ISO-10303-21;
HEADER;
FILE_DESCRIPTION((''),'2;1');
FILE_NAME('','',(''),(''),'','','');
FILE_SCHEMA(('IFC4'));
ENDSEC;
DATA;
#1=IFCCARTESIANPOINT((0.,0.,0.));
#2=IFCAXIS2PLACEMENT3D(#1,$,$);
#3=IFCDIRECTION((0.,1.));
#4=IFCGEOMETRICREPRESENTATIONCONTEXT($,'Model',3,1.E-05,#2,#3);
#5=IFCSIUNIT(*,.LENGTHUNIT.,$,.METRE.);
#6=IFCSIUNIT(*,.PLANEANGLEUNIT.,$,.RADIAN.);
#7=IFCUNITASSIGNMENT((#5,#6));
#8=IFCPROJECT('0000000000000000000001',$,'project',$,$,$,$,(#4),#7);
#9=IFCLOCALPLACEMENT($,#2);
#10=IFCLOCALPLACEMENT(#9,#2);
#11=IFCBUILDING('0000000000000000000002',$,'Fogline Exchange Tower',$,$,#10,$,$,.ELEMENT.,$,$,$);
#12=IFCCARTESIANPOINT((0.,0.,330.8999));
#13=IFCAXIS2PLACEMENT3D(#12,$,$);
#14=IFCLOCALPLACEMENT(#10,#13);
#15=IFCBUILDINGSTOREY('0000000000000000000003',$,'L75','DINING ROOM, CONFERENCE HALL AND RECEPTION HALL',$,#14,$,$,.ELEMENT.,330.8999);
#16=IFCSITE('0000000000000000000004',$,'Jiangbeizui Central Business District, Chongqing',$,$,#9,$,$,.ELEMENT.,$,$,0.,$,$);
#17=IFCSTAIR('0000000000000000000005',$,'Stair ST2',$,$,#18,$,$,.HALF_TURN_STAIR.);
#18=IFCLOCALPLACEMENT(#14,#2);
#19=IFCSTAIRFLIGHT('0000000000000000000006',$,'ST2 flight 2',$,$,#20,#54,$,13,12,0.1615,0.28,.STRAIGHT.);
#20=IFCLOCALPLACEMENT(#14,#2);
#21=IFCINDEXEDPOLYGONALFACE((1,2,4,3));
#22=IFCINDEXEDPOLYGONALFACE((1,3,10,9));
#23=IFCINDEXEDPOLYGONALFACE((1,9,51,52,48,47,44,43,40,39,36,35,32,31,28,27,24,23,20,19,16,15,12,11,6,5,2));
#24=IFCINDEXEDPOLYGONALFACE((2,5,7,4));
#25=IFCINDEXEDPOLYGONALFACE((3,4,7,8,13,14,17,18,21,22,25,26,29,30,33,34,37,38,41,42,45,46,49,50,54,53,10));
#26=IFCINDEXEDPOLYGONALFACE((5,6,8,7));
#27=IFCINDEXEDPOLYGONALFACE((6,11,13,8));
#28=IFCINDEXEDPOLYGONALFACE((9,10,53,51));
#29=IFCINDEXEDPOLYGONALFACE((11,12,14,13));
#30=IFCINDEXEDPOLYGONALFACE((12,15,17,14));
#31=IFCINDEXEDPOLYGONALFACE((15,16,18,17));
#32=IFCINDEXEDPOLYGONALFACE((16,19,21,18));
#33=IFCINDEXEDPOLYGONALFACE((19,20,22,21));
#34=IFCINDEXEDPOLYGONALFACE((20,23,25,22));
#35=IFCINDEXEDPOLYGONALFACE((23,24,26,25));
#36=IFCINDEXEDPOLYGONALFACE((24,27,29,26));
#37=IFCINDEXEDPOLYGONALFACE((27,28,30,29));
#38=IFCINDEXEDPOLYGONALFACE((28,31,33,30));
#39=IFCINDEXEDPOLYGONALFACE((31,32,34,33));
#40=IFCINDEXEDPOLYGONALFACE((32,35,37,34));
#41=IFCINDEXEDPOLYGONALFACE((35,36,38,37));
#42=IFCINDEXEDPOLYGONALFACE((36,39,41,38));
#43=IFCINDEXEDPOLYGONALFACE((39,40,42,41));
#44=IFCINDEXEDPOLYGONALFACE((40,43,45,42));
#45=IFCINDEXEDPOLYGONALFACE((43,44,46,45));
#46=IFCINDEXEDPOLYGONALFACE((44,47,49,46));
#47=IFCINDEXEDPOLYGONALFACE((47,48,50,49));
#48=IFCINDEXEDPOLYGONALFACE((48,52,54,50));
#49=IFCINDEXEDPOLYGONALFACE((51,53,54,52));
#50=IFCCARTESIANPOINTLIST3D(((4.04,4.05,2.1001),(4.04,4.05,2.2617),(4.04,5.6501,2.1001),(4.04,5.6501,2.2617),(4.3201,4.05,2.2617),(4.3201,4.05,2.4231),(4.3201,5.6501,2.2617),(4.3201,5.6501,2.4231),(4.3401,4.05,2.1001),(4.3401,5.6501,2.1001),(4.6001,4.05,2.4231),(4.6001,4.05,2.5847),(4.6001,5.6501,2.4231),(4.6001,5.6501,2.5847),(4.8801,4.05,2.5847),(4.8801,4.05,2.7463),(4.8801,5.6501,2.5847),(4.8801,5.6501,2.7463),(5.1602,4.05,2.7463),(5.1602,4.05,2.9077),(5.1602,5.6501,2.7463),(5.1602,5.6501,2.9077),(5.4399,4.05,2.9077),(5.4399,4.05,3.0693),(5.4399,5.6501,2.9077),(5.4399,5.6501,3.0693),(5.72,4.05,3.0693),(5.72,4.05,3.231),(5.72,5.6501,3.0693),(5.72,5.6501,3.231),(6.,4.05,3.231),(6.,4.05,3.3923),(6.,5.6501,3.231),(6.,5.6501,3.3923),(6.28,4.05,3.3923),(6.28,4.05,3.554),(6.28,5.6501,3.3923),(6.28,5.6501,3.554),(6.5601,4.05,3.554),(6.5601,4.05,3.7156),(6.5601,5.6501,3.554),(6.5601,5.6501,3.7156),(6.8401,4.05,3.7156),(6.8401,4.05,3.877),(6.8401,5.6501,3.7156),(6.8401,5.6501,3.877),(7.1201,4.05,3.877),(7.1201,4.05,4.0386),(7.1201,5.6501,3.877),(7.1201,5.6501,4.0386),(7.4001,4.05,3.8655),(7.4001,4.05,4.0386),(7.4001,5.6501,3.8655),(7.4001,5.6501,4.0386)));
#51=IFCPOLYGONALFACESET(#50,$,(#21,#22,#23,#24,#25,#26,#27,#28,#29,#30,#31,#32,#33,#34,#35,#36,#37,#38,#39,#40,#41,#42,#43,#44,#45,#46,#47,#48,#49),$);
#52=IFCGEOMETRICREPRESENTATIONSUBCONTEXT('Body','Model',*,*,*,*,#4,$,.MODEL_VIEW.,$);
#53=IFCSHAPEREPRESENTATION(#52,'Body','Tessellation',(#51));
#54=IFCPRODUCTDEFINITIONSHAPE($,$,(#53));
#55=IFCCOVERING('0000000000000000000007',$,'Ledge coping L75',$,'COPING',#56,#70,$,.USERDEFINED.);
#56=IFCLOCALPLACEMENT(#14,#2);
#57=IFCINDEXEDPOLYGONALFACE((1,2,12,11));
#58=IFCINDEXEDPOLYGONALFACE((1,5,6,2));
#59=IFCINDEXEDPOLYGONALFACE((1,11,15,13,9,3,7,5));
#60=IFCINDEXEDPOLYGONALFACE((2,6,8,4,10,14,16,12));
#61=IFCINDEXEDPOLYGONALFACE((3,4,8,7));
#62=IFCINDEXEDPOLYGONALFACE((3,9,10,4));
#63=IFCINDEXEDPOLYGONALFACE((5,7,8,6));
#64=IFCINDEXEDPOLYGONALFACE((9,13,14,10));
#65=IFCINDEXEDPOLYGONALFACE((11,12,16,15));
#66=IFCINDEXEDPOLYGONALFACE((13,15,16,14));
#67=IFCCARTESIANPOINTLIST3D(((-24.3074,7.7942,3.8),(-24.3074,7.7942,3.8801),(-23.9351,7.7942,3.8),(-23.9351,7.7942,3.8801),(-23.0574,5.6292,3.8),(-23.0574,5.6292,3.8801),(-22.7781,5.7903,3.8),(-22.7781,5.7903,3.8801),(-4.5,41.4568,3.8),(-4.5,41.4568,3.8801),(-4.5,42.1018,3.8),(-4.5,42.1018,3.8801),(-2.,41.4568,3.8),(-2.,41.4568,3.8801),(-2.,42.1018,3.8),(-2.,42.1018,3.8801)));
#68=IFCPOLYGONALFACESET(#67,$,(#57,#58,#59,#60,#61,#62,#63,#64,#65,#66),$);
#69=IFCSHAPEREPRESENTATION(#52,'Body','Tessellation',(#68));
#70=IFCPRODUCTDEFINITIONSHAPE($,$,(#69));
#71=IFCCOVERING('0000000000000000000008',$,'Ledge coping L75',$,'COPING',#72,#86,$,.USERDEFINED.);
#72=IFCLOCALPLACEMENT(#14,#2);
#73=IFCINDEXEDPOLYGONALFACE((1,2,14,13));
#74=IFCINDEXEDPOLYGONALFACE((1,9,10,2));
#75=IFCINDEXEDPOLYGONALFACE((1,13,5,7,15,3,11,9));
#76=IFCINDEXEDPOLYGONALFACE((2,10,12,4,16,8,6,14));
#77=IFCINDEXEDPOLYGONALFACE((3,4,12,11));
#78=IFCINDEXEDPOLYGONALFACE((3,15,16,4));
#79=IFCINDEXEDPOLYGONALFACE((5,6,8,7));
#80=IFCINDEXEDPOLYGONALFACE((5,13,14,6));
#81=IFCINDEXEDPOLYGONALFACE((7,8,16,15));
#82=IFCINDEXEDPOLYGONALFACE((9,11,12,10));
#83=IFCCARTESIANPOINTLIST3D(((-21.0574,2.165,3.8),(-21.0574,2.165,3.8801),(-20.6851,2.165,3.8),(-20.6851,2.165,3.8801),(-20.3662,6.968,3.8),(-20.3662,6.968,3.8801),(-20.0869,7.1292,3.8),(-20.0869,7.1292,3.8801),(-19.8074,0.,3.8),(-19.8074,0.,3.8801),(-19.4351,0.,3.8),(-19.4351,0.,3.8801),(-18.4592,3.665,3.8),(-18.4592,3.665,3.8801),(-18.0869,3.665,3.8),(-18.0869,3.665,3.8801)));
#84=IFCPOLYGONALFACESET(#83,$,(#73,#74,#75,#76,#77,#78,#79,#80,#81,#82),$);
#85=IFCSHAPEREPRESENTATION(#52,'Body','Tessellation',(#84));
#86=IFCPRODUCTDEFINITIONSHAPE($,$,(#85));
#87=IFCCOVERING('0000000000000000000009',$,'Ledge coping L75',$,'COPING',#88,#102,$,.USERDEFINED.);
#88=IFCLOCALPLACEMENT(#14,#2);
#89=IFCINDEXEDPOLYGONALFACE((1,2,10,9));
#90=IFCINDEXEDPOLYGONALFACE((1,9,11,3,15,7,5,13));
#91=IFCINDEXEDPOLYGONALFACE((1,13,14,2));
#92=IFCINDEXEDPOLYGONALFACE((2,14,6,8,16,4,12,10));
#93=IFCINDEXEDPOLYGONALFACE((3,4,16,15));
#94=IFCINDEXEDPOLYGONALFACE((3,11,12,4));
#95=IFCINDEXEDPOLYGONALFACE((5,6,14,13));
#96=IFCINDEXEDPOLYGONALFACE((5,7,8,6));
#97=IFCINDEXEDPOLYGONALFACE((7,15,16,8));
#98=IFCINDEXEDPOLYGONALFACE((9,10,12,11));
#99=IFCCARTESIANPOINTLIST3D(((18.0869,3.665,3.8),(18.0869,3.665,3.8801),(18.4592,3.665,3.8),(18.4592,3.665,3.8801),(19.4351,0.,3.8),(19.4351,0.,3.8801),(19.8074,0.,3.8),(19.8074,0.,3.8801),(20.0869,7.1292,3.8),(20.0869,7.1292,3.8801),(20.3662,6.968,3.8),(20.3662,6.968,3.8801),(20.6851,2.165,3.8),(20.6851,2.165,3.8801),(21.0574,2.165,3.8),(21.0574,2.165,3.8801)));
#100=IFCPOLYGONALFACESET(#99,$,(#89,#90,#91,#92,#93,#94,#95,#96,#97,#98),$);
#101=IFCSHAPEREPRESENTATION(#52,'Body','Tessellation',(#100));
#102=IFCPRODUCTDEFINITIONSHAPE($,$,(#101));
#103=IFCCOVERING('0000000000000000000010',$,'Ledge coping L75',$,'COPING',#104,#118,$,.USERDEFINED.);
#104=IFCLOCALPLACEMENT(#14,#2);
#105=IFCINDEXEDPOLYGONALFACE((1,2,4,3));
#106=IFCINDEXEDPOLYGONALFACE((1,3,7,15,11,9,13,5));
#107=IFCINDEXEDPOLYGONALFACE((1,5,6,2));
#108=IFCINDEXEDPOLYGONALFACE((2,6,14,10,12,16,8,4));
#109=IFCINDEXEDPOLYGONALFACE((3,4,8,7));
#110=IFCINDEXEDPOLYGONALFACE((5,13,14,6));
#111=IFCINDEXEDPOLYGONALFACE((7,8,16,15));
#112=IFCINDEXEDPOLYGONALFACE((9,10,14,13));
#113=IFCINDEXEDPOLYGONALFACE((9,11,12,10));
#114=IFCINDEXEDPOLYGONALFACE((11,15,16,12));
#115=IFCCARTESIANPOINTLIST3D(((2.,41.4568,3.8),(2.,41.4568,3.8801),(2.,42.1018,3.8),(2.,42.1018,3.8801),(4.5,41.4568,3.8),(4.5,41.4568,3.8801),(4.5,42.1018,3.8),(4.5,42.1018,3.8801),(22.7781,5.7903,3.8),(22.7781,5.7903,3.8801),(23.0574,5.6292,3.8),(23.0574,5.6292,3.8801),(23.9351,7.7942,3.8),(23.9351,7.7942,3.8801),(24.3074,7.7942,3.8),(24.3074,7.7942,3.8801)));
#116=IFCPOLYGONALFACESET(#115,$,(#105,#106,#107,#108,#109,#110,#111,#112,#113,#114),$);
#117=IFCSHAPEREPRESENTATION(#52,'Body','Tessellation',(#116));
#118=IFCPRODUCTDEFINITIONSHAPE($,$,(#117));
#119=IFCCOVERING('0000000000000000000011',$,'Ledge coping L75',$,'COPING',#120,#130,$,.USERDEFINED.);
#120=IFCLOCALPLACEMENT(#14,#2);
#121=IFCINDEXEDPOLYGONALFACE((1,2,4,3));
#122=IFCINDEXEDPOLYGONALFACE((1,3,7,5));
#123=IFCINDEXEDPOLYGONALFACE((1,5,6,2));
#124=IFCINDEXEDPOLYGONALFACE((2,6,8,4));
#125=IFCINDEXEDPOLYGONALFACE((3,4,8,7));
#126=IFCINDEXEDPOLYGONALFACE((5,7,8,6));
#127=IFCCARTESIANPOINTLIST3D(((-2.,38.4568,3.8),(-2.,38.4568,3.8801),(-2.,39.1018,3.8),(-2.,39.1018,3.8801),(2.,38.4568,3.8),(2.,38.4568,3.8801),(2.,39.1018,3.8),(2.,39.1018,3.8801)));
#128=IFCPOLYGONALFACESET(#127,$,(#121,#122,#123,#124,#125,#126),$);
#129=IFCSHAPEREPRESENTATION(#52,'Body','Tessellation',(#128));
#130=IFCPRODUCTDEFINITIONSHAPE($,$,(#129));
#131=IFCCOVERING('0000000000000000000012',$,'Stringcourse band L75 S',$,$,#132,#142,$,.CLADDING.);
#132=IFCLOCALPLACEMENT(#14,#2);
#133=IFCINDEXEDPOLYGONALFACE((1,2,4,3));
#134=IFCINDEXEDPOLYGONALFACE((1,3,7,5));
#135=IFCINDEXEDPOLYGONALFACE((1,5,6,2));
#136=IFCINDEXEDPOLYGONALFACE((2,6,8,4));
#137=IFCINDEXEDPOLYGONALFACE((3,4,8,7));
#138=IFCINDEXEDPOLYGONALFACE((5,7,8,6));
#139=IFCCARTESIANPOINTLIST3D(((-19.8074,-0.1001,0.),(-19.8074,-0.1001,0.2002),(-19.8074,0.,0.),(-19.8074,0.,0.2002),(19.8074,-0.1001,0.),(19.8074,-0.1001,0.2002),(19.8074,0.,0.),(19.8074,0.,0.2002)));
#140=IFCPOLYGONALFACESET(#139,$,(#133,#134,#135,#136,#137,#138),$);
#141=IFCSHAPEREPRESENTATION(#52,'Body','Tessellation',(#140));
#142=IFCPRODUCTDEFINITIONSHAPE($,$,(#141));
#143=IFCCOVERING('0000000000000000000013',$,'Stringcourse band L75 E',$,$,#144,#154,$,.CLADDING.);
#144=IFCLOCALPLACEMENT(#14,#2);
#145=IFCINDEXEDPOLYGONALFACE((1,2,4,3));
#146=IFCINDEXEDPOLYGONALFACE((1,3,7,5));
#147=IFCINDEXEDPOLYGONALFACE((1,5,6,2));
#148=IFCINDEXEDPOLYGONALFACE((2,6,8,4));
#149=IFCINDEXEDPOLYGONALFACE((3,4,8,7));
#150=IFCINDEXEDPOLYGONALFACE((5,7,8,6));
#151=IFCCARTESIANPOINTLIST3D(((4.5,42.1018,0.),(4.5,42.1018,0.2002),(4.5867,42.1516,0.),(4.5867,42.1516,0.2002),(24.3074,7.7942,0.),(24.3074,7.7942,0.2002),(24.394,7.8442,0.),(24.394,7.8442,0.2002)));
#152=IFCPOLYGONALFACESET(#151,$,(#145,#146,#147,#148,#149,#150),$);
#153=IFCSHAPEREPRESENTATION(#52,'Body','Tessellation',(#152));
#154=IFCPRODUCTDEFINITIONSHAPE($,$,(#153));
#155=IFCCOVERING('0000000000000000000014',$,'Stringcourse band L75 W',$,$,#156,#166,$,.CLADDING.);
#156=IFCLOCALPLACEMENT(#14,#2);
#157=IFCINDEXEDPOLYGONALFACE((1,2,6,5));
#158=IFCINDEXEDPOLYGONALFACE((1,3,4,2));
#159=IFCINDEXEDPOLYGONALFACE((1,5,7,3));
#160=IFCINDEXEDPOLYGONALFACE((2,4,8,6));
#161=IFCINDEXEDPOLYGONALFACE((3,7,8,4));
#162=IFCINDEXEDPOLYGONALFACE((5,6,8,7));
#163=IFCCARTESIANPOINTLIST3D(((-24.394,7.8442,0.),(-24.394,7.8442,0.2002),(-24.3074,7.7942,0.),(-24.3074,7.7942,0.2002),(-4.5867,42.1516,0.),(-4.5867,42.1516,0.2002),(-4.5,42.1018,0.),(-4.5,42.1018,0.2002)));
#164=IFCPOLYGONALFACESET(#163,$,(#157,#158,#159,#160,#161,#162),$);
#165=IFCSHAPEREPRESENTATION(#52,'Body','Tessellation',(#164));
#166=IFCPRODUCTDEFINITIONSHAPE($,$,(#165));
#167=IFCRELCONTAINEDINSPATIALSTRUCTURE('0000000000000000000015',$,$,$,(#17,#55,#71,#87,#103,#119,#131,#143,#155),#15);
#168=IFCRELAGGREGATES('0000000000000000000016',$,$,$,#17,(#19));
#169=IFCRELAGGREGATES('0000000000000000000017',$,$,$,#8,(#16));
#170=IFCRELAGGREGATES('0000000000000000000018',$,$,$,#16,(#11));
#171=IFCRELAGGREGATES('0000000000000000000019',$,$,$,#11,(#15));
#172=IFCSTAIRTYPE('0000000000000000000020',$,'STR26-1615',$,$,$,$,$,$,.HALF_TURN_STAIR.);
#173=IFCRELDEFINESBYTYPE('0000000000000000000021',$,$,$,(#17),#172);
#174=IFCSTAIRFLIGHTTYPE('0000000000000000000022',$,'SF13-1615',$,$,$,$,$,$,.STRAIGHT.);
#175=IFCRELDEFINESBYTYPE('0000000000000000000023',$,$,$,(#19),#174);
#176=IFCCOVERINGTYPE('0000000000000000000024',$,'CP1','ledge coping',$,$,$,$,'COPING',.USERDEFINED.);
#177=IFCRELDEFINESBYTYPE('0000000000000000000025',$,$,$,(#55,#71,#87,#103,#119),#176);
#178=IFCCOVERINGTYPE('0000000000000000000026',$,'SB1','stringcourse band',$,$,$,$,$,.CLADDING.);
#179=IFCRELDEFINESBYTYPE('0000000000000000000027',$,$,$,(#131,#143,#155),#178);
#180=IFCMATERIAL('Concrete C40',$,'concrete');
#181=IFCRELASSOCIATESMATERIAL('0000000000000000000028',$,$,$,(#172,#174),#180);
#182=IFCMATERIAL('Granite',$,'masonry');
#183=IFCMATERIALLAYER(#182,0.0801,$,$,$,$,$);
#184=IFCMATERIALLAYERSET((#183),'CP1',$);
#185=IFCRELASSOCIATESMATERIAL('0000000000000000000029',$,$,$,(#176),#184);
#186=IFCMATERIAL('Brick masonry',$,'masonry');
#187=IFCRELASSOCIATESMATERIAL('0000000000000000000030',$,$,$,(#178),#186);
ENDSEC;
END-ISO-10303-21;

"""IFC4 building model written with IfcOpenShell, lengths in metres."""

from ifc_helpers import new_model, si_unit, direction, frame, origin, place, context, subcontext, project, spatial, polyline, outline, extrude, material, layer, layer_set, type_object, element, aggregate, save


model = new_model("IFC4")

# Units and contexts
model_context = context("Model", 3, precision=1e-05, world=origin(), true_north=direction((0.0, 1.0)))
body_context = subcontext(model_context, "Body", "Model", "MODEL_VIEW")
ifc_project = project(units=[si_unit("LENGTHUNIT", "METRE"), si_unit("PLANEANGLEUNIT", "RADIAN")], contexts=[model_context])

# Site, building, storey
site_placement = place(None, origin())
site = spatial("IfcSite", under=ifc_project, at=site_placement, Name="Jiangbeizui Central Business District, Chongqing", CompositionType="ELEMENT", RefElevation=0.0)
building_placement = place(site_placement, origin())
building = spatial("IfcBuilding", under=site, at=building_placement, Name="Fogline Exchange Tower", CompositionType="ELEMENT")
storey_placement = place(building_placement, frame((0.0, 0.0, 330.8999)))
storey = spatial("IfcBuildingStorey", under=building, at=storey_placement, Name="L75", Description="DINING ROOM, CONFERENCE HALL AND RECEPTION HALL", CompositionType="ELEMENT", Elevation=330.8999)

# Shared definitions
ifc_material_1 = material(Name="Concrete C40", Category="concrete")

# Stair
stair_type = type_object("IfcStairType", Name="STR26-1615", PredefinedType="HALF_TURN_STAIR", material=ifc_material_1)
stair_1_placement = place(storey_placement, origin())
stair_1 = element("IfcStair", 1, at=stair_1_placement, inside=storey, type_object=stair_type, Name="Stair ST2", PredefinedType="HALF_TURN_STAIR")

# Stair flight
stair_flight_type = type_object("IfcStairFlightType", Name="SF13-1615", PredefinedType="STRAIGHT", material=ifc_material_1)
stair_flight_placement = place(storey_placement, frame((4.04, 4.8501, 2.1001), z_axis=(0.0, 0.0, 1.0), x_axis=(1.0, 0.0, 0.0)))
stair_flight = element("IfcStairFlight", 2, at=stair_flight_placement, type_object=stair_flight_type, Name="ST2 flight 2", NumberOfRisers=13, NumberOfTreads=12, PredefinedType="STRAIGHT", RiserHeight=0.1615, TreadLength=0.28, context=body_context, shape_type="SweptSolid", body=[
    extrude(outline(polyline([(0.0, 0.0), (0.0, 0.1616), (0.28, 0.1616), (0.28, 0.323), (0.5601, 0.323), (0.5601, 0.4846), (0.8401, 0.4846), (0.8401, 0.6462), (1.1201, 0.6462), (1.1201, 0.8076), (1.3999, 0.8076), (1.3999, 0.9692), (1.6799, 0.9692), (1.6799, 1.1309), (1.96, 1.1309), (1.96, 1.2922), (2.24, 1.2922), (2.24, 1.4539), (2.52, 1.4539), (2.52, 1.6155), (2.8, 1.6155), (2.8, 1.7769), (3.0801, 1.7769), (3.0801, 1.9385), (3.3601, 1.9385), (3.3601, 2.1001), (3.3601, 1.7654), (0.3, 0.0), (0.0, 0.0)])), frame((0.0, 0.8, 0.0), z_axis=(0.0, -1.0, 0.0), x_axis=(1.0, 0.0, 0.0)), (0.0, 0.0, 1.0), 1.6001),
])
aggregate(stair_1, [stair_flight])

# Coverings
ifc_material_2 = material(Name="Granite", Category="masonry")
ifc_layer_1 = layer(ifc_material_2, 0.0801)
ifc_layer_set_1 = layer_set([ifc_layer_1], Name="CP1")
covering_type_1 = type_object("IfcCoveringType", Name="CP1", Description="ledge coping", ElementType="COPING", PredefinedType="USERDEFINED", material=ifc_layer_set_1)
covering_1_placement = place(storey_placement, frame((0.0, 0.0, 3.8)))
element("IfcCovering", 3, at=covering_1_placement, inside=storey, type_object=covering_type_1, Name="Ledge coping L75", ObjectType="COPING", PredefinedType="USERDEFINED", context=body_context, shape_type="SweptSolid", body=[
    extrude(outline(polyline([(-23.0574, 5.6292), (-22.7781, 5.7903), (-23.9351, 7.7942), (-4.5, 41.4568), (-2.0, 41.4568), (-2.0, 42.1018), (-4.5, 42.1018), (-24.3074, 7.7942), (-23.0574, 5.6292)])), origin(), (0.0, 0.0, 1.0), 0.0801),
])
covering_2_placement = place(storey_placement, frame((0.0, 0.0, 3.8)))
element("IfcCovering", 4, at=covering_2_placement, inside=storey, type_object=covering_type_1, Name="Ledge coping L75", ObjectType="COPING", PredefinedType="USERDEFINED", context=body_context, shape_type="SweptSolid", body=[
    extrude(outline(polyline([(-19.8074, 0.0), (-19.4351, 0.0), (-20.6851, 2.165), (-18.0869, 3.665), (-20.0869, 7.1292), (-20.3662, 6.968), (-18.4592, 3.665), (-21.0574, 2.165), (-19.8074, 0.0)])), origin(), (0.0, 0.0, 1.0), 0.0801),
])
covering_3_placement = place(storey_placement, frame((0.0, 0.0, 3.8)))
element("IfcCovering", 5, at=covering_3_placement, inside=storey, type_object=covering_type_1, Name="Ledge coping L75", ObjectType="COPING", PredefinedType="USERDEFINED", context=body_context, shape_type="SweptSolid", body=[
    extrude(outline(polyline([(18.4592, 3.665), (20.3662, 6.968), (20.0869, 7.1292), (18.0869, 3.665), (20.6851, 2.165), (19.4351, 0.0), (19.8074, 0.0), (21.0574, 2.165), (18.4592, 3.665)])), origin(), (0.0, 0.0, 1.0), 0.0801),
])
covering_4_placement = place(storey_placement, frame((0.0, 0.0, 3.8)))
element("IfcCovering", 6, at=covering_4_placement, inside=storey, type_object=covering_type_1, Name="Ledge coping L75", ObjectType="COPING", PredefinedType="USERDEFINED", context=body_context, shape_type="SweptSolid", body=[
    extrude(outline(polyline([(2.0, 42.1018), (2.0, 41.4568), (4.5, 41.4568), (23.9351, 7.7942), (22.7781, 5.7903), (23.0574, 5.6292), (24.3074, 7.7942), (4.5, 42.1018), (2.0, 42.1018)])), origin(), (0.0, 0.0, 1.0), 0.0801),
])
covering_5_placement = place(storey_placement, frame((0.0, 0.0, 3.8)))
element("IfcCovering", 7, at=covering_5_placement, inside=storey, type_object=covering_type_1, Name="Ledge coping L75", ObjectType="COPING", PredefinedType="USERDEFINED", context=body_context, shape_type="SweptSolid", body=[
    extrude(outline(polyline([(2.0, 39.1018), (-2.0, 39.1018), (-2.0, 38.4568), (2.0, 38.4568), (2.0, 39.1018)])), origin(), (0.0, 0.0, 1.0), 0.0801),
])
ifc_material_3 = material(Name="Brick masonry", Category="masonry")
covering_type_2 = type_object("IfcCoveringType", Name="SB1", Description="stringcourse band", PredefinedType="CLADDING", material=ifc_material_3)
covering_6_placement = place(storey_placement, origin())
element("IfcCovering", 8, at=covering_6_placement, inside=storey, type_object=covering_type_2, Name="Stringcourse band L75 S", PredefinedType="CLADDING", context=body_context, shape_type="SweptSolid", body=[
    extrude(outline(polyline([(-19.8074, 0.0), (-19.8074, -0.1001), (19.8074, -0.1001), (19.8074, 0.0), (-19.8074, 0.0)])), origin(), (0.0, 0.0, 1.0), 0.2002),
])
covering_7_placement = place(storey_placement, origin())
element("IfcCovering", 9, at=covering_7_placement, inside=storey, type_object=covering_type_2, Name="Stringcourse band L75 E", PredefinedType="CLADDING", context=body_context, shape_type="SweptSolid", body=[
    extrude(outline(polyline([(24.3074, 7.7942), (24.394, 7.8442), (4.5867, 42.1516), (4.5, 42.1018), (24.3074, 7.7942)])), origin(), (0.0, 0.0, 1.0), 0.2002),
])
covering_8_placement = place(storey_placement, origin())
element("IfcCovering", 10, at=covering_8_placement, inside=storey, type_object=covering_type_2, Name="Stringcourse band L75 W", PredefinedType="CLADDING", context=body_context, shape_type="SweptSolid", body=[
    extrude(outline(polyline([(-4.5, 42.1018), (-4.5867, 42.1516), (-24.394, 7.8442), (-24.3074, 7.7942), (-4.5, 42.1018)])), origin(), (0.0, 0.0, 1.0), 0.2002),
])

save(model, "model.ifc")
